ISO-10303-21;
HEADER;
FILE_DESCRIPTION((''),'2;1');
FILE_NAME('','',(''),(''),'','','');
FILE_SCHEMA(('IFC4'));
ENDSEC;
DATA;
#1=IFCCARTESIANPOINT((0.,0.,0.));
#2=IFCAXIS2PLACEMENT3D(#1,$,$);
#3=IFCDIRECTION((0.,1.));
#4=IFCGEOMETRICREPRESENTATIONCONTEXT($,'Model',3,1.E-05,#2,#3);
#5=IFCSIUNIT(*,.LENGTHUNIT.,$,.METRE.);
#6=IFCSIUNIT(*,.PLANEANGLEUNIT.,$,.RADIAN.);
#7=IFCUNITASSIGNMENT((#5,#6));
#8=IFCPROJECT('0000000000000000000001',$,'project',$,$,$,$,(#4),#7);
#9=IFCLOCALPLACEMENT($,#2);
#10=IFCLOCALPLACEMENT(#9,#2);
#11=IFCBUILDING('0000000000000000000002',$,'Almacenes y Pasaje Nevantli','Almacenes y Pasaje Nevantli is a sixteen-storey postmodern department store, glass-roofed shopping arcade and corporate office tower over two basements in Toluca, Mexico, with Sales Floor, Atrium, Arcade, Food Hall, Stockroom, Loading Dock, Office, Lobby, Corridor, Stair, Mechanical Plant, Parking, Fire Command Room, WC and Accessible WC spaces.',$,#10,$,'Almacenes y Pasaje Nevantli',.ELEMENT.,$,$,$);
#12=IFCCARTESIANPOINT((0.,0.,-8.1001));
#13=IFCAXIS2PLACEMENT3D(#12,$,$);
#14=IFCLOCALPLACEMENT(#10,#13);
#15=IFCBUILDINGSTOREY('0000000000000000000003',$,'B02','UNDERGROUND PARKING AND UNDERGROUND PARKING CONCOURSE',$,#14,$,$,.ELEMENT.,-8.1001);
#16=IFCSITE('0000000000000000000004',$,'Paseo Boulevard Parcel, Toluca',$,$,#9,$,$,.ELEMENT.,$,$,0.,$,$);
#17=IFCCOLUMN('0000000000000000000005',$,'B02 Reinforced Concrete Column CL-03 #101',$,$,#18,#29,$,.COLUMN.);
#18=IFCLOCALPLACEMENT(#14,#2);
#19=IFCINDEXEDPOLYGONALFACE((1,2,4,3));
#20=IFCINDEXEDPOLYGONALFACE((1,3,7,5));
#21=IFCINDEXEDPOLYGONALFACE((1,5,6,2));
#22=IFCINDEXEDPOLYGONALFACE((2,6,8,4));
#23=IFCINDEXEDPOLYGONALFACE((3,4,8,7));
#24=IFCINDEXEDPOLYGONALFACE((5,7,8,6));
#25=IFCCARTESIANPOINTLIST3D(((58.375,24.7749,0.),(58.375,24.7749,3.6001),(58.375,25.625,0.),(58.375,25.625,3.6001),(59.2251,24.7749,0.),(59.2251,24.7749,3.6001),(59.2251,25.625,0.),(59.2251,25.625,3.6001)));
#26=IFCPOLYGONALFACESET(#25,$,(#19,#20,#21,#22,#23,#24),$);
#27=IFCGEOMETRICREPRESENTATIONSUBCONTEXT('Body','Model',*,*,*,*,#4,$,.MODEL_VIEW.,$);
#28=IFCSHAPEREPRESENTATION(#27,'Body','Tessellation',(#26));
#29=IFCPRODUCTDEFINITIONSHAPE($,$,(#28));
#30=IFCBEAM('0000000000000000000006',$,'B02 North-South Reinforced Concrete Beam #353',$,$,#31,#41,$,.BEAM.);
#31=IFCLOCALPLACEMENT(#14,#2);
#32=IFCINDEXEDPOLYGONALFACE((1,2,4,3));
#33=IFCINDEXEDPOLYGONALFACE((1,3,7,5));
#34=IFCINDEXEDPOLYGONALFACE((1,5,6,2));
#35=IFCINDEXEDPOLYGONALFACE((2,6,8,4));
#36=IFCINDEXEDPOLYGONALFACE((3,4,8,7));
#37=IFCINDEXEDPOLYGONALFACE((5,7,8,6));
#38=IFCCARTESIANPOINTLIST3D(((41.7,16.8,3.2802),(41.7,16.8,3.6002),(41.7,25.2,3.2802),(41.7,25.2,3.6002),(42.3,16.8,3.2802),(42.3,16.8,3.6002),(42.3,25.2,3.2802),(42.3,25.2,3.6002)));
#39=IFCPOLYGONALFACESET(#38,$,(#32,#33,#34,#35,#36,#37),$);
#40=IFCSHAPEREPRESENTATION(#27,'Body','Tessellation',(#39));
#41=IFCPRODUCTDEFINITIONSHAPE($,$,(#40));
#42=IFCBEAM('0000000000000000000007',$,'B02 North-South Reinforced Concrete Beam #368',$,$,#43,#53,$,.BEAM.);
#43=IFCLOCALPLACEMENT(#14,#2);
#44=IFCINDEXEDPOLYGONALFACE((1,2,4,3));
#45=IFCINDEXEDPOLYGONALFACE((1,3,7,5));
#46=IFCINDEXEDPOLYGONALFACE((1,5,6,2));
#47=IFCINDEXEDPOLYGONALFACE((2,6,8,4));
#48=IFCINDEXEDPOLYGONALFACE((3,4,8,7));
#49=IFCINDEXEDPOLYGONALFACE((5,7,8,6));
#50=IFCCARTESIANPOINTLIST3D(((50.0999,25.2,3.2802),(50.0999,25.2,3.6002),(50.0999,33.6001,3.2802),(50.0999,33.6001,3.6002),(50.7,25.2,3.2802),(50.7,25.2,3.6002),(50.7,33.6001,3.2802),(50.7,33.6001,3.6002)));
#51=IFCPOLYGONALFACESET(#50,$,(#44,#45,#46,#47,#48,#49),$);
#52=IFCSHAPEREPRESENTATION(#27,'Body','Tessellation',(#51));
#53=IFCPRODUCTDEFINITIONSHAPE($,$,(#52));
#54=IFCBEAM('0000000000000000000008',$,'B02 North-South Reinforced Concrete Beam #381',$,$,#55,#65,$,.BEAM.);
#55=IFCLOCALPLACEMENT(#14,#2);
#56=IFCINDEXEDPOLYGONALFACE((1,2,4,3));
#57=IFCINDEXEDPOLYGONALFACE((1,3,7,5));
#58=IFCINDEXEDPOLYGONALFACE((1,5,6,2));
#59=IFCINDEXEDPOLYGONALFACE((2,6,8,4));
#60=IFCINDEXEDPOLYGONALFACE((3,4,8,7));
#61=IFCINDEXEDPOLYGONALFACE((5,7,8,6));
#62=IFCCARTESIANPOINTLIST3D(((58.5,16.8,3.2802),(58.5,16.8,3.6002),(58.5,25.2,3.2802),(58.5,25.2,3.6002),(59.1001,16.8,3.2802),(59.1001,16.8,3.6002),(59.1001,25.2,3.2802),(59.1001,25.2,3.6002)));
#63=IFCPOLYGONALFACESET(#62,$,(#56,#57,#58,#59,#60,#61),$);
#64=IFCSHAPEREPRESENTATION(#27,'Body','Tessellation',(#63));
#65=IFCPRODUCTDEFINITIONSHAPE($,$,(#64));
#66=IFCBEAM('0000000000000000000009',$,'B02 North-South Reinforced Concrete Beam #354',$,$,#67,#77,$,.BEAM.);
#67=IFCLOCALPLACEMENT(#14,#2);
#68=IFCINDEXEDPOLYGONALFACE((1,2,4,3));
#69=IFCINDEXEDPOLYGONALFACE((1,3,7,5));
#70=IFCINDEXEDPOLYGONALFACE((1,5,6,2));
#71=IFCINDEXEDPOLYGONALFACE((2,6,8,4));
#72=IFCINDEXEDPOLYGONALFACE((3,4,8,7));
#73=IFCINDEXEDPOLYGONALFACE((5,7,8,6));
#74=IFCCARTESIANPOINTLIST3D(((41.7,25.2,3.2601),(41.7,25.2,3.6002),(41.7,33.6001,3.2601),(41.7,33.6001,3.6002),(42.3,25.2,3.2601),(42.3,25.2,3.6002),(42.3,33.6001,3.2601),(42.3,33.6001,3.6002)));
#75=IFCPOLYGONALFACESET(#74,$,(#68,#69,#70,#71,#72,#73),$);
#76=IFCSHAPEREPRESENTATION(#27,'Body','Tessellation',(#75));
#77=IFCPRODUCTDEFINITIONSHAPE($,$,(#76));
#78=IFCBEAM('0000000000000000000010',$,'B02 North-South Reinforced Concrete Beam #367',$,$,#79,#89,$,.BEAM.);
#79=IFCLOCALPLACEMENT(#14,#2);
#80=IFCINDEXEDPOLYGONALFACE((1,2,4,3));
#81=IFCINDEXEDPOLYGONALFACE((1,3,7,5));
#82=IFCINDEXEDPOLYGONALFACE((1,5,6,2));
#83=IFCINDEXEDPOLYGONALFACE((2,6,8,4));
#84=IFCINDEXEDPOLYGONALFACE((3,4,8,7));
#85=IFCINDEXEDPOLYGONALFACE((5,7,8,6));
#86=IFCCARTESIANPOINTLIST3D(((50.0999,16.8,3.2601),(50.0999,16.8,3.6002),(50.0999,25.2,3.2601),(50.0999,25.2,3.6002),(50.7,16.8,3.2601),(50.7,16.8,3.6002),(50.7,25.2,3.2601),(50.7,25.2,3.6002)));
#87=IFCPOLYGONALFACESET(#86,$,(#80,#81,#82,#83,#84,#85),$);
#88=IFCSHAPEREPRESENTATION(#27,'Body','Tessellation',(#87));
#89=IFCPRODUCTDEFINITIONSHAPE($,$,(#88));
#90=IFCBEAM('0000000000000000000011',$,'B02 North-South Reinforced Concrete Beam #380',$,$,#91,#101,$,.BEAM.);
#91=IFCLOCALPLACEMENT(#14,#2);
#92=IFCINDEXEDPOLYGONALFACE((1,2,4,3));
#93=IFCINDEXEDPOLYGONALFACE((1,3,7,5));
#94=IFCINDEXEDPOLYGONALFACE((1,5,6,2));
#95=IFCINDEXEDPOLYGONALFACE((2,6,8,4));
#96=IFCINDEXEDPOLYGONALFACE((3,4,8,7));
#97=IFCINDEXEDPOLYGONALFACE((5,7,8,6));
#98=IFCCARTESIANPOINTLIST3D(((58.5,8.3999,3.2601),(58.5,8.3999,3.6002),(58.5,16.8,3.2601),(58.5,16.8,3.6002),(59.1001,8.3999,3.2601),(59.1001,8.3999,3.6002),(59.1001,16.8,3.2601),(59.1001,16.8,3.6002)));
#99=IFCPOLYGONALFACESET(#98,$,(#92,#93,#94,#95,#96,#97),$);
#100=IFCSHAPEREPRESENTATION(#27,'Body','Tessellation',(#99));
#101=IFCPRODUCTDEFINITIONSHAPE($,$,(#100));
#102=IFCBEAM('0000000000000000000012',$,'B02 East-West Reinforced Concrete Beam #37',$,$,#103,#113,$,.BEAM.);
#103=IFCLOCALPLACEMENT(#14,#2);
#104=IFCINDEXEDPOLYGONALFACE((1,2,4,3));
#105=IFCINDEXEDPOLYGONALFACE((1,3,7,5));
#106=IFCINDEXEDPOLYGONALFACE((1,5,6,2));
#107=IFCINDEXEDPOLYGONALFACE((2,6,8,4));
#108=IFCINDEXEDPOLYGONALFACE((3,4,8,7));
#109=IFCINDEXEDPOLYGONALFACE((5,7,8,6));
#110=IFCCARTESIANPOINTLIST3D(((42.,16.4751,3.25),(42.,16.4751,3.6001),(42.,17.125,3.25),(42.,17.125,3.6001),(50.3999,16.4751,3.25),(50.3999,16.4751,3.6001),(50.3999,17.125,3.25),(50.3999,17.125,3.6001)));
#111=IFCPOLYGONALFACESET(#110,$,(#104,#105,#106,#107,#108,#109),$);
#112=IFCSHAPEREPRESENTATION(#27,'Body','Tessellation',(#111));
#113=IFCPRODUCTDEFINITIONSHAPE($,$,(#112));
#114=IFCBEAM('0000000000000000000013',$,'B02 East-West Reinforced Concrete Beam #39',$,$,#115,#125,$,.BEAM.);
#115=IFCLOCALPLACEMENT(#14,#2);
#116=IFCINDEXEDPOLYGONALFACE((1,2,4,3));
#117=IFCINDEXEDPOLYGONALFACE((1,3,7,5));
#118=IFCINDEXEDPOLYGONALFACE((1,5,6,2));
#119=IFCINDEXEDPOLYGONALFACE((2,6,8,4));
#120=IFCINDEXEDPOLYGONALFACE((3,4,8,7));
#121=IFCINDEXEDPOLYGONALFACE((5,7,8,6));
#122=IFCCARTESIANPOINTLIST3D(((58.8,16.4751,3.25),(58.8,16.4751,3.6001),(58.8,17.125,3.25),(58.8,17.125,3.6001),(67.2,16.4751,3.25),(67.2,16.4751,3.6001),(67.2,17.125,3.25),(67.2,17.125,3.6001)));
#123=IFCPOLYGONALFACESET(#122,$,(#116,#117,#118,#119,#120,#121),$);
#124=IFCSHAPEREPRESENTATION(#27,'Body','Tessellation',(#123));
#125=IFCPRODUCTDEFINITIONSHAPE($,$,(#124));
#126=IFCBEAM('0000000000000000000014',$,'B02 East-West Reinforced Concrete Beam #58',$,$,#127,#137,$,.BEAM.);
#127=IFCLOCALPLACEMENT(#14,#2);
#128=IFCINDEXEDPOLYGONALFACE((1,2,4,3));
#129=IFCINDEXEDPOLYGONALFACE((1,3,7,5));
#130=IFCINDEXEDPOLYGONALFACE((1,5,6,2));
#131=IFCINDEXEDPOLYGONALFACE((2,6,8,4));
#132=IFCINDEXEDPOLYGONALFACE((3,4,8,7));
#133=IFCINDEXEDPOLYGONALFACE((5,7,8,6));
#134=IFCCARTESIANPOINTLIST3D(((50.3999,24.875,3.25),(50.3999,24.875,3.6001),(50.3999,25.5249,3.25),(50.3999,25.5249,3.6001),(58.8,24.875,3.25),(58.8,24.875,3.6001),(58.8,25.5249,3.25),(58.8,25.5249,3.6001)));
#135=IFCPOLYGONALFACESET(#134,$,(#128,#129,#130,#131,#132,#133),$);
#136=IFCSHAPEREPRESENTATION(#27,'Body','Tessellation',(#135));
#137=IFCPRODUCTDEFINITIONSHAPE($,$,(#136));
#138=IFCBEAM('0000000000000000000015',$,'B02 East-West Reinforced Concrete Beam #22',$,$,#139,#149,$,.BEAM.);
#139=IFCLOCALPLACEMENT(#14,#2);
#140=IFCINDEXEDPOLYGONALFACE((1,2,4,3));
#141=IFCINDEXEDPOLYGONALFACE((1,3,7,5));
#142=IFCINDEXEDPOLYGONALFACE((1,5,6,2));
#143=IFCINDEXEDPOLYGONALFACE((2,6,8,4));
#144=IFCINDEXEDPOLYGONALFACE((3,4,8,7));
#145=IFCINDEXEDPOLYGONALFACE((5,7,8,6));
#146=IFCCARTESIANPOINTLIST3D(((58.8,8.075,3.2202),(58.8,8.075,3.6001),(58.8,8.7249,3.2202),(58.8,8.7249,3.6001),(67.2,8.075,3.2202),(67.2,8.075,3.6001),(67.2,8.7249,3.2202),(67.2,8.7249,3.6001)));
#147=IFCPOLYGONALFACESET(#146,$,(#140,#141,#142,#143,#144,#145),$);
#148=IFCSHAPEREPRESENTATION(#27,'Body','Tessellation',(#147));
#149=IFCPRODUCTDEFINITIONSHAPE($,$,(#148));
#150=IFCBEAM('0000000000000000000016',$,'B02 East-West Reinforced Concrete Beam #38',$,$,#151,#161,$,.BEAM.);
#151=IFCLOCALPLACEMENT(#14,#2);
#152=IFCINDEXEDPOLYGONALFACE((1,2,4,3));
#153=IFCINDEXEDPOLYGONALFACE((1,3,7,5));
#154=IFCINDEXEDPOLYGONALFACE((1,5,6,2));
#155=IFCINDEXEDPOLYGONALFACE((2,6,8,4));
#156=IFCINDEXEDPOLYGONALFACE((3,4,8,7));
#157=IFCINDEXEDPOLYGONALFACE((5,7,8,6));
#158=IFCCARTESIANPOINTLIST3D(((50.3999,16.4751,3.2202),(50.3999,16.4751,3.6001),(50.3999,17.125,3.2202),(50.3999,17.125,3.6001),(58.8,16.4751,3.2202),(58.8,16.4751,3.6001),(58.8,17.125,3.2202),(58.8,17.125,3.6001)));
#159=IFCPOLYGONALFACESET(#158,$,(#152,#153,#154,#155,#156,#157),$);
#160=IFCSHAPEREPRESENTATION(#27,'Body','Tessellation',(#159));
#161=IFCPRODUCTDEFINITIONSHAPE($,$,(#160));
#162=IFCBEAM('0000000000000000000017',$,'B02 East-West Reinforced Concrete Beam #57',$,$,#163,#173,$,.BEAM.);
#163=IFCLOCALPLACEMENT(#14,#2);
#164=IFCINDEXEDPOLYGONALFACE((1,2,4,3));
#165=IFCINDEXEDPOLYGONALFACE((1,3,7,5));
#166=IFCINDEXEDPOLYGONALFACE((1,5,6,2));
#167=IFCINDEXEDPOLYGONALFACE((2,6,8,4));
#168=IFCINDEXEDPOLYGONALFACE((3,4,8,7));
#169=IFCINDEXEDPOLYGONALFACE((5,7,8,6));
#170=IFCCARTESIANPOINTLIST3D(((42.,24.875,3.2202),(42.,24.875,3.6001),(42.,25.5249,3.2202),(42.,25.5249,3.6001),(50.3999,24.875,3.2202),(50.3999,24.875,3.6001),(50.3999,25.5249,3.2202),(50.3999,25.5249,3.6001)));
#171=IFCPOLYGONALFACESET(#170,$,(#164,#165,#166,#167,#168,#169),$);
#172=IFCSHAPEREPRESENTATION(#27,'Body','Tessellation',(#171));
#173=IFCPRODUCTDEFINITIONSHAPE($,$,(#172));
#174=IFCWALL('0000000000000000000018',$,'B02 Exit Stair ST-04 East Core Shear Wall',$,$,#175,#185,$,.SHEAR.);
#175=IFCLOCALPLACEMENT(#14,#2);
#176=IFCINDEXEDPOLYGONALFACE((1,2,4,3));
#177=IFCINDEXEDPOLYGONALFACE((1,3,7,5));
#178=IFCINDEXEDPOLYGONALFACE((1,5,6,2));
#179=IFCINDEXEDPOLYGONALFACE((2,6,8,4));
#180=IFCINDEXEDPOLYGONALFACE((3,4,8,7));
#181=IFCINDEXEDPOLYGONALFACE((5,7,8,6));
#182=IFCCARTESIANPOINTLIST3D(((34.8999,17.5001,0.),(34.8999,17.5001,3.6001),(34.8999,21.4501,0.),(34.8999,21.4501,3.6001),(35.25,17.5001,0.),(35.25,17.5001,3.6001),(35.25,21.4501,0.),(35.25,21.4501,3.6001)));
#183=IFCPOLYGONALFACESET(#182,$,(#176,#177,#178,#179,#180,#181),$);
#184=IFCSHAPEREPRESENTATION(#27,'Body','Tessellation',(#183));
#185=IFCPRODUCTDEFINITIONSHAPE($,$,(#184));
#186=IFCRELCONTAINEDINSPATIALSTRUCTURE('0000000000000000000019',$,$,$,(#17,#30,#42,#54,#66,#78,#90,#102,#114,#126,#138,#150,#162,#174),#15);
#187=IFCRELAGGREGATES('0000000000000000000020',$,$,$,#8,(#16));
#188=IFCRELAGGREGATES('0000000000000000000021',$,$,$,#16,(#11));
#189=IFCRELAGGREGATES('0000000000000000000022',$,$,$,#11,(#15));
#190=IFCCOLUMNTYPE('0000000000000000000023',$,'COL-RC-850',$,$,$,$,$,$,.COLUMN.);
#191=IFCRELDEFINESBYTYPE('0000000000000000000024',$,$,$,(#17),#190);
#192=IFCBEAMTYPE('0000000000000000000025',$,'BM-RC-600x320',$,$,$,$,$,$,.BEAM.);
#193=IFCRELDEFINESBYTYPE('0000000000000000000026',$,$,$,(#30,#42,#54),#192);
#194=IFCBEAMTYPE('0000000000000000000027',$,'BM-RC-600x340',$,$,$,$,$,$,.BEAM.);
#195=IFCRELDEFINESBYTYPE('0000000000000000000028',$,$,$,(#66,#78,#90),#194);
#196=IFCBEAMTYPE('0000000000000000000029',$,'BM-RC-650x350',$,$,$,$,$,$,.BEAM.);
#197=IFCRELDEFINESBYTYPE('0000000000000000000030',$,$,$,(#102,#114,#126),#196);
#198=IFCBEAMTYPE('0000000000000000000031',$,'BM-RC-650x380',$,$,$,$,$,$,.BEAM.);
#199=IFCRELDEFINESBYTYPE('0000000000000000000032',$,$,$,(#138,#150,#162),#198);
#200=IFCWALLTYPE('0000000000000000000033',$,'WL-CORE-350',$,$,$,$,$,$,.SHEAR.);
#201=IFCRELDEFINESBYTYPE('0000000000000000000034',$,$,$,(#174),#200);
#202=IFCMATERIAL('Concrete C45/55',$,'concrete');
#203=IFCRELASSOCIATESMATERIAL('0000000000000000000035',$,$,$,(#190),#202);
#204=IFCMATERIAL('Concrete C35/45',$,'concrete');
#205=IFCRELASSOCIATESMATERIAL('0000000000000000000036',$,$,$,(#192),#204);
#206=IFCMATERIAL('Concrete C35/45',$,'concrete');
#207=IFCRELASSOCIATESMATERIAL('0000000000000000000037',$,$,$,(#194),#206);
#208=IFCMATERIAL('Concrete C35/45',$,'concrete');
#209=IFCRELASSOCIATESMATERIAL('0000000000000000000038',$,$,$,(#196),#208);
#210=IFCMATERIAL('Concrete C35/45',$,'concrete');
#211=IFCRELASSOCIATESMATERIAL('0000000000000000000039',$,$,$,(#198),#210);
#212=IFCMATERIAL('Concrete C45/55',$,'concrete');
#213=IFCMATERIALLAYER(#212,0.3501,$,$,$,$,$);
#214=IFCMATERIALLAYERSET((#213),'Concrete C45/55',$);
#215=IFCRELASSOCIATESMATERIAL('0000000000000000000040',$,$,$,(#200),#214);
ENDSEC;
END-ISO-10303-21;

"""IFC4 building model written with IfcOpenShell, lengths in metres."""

from ifc_helpers import new_model, si_unit, direction, frame, frame_2d, origin, origin_2d, place, context, subcontext, project, spatial, rectangle, extrude, material, layer, layer_set, material_profile, profile_set, type_object, element, save


model = new_model("IFC4")

# Units and contexts
model_context = context("Model", 3, precision=1e-05, world=origin(), true_north=direction((0.0, 1.0)))
body_context = subcontext(model_context, "Body", "Model", "MODEL_VIEW")
ifc_project = project(units=[si_unit("LENGTHUNIT", "METRE"), si_unit("PLANEANGLEUNIT", "RADIAN")], contexts=[model_context])

# Site, building, storey
site_placement = place(None, origin())
site = spatial("IfcSite", under=ifc_project, at=site_placement, Name="Paseo Boulevard Parcel, Toluca", CompositionType="ELEMENT", RefElevation=0.0)
building_placement = place(site_placement, origin())
building = spatial("IfcBuilding", under=site, at=building_placement, Name="Almacenes y Pasaje Nevantli", Description="Almacenes y Pasaje Nevantli is a sixteen-storey postmodern department store, glass-roofed shopping arcade and corporate office tower over two basements in Toluca, Mexico, with Sales Floor, Atrium, Arcade, Food Hall, Stockroom, Loading Dock, Office, Lobby, Corridor, Stair, Mechanical Plant, Parking, Fire Command Room, WC and Accessible WC spaces.", LongName="Almacenes y Pasaje Nevantli", CompositionType="ELEMENT")
storey_placement = place(building_placement, frame((0.0, 0.0, -8.1001)))
storey = spatial("IfcBuildingStorey", under=building, at=storey_placement, Name="B02", Description="UNDERGROUND PARKING AND UNDERGROUND PARKING CONCOURSE", CompositionType="ELEMENT", Elevation=-8.1001)

# Column
ifc_material_1 = material(Name="Concrete C45/55", Category="concrete")
ifc_material_profile_1 = material_profile(ifc_material_1, rectangle(XDim=0.8501, YDim=0.8501, at=origin_2d()), Name="RC-COL-850x850")
ifc_profile_set_1 = profile_set([ifc_material_profile_1], Name="Concrete C45/55")
column_type_1 = type_object("IfcColumnType", Name="COL-RC-850", PredefinedType="COLUMN", material=ifc_profile_set_1)
for number, where, z_axis, x_axis, name in (
    (1, (58.8, 25.2, 0.0), (0.0, 0.0, 1.0), (1.0, 0.0, 0.0), "B02 Reinforced Concrete Column CL-03 #101"),
):
    element("IfcColumn", number, at=place(storey_placement, frame(where, z_axis=z_axis, x_axis=x_axis)), inside=storey, type_object=column_type_1, Name=name, PredefinedType="COLUMN", context=body_context, shape_type="SweptSolid", body=[
        extrude(rectangle(XDim=0.8501, YDim=0.8501, at=origin_2d()), origin(), (0.0, 0.0, 1.0), 3.6001),
    ])

# Beams
ifc_material_2 = material(Name="Concrete C35/45", Category="concrete")
ifc_material_profile_2 = material_profile(ifc_material_2, rectangle(XDim=0.6001, YDim=0.3201, at=origin_2d()), Name="RC-BM-600x320")
ifc_profile_set_2 = profile_set([ifc_material_profile_2], Name="Concrete C35/45")
beam_type_1 = type_object("IfcBeamType", Name="BM-RC-600x320", PredefinedType="BEAM", material=ifc_profile_set_2)
beam_1_placement = place(storey_placement, frame((42.0, 16.8, 3.4402), z_axis=(0.0, 1.0, 0.0), x_axis=(-1.0, 0.0, 0.0)))
element("IfcBeam", 2, at=beam_1_placement, inside=storey, type_object=beam_type_1, Name="B02 North-South Reinforced Concrete Beam #353", PredefinedType="BEAM", context=body_context, shape_type="SweptSolid", body=[
    extrude(rectangle(XDim=0.6001, YDim=0.3201, at=origin_2d()), origin(), (0.0, 0.0, 1.0), 8.3999),
])
beam_2_placement = place(storey_placement, frame((50.3999, 25.2, 3.4402), z_axis=(0.0, 1.0, 0.0), x_axis=(-1.0, 0.0, 0.0)))
element("IfcBeam", 3, at=beam_2_placement, inside=storey, type_object=beam_type_1, Name="B02 North-South Reinforced Concrete Beam #368", PredefinedType="BEAM", context=body_context, shape_type="SweptSolid", body=[
    extrude(rectangle(XDim=0.6001, YDim=0.3201, at=origin_2d()), origin(), (0.0, 0.0, 1.0), 8.4001),
])
beam_3_placement = place(storey_placement, frame((58.8, 16.8, 3.4402), z_axis=(0.0, 1.0, 0.0), x_axis=(-1.0, 0.0, 0.0)))
element("IfcBeam", 4, at=beam_3_placement, inside=storey, type_object=beam_type_1, Name="B02 North-South Reinforced Concrete Beam #381", PredefinedType="BEAM", context=body_context, shape_type="SweptSolid", body=[
    extrude(rectangle(XDim=0.6001, YDim=0.3201, at=origin_2d()), origin(), (0.0, 0.0, 1.0), 8.3999),
])
ifc_material_3 = material(Name="Concrete C35/45", Category="concrete")
ifc_material_profile_3 = material_profile(ifc_material_3, rectangle(XDim=0.6001, YDim=0.3401, at=origin_2d()), Name="RC-BM-600x340")
ifc_profile_set_3 = profile_set([ifc_material_profile_3], Name="Concrete C35/45")
beam_type_2 = type_object("IfcBeamType", Name="BM-RC-600x340", PredefinedType="BEAM", material=ifc_profile_set_3)
beam_4_placement = place(storey_placement, frame((42.0, 25.2, 3.4302), z_axis=(0.0, 1.0, 0.0), x_axis=(-1.0, 0.0, 0.0)))
element("IfcBeam", 5, at=beam_4_placement, inside=storey, type_object=beam_type_2, Name="B02 North-South Reinforced Concrete Beam #354", PredefinedType="BEAM", context=body_context, shape_type="SweptSolid", body=[
    extrude(rectangle(XDim=0.6001, YDim=0.3401, at=origin_2d()), origin(), (0.0, 0.0, 1.0), 8.4001),
])
beam_5_placement = place(storey_placement, frame((50.3999, 16.8, 3.4302), z_axis=(0.0, 1.0, 0.0), x_axis=(-1.0, 0.0, 0.0)))
element("IfcBeam", 6, at=beam_5_placement, inside=storey, type_object=beam_type_2, Name="B02 North-South Reinforced Concrete Beam #367", PredefinedType="BEAM", context=body_context, shape_type="SweptSolid", body=[
    extrude(rectangle(XDim=0.6001, YDim=0.3401, at=origin_2d()), origin(), (0.0, 0.0, 1.0), 8.3999),
])
beam_6_placement = place(storey_placement, frame((58.8, 8.3999, 3.4302), z_axis=(0.0, 1.0, 0.0), x_axis=(-1.0, 0.0, 0.0)))
element("IfcBeam", 7, at=beam_6_placement, inside=storey, type_object=beam_type_2, Name="B02 North-South Reinforced Concrete Beam #380", PredefinedType="BEAM", context=body_context, shape_type="SweptSolid", body=[
    extrude(rectangle(XDim=0.6001, YDim=0.3401, at=origin_2d()), origin(), (0.0, 0.0, 1.0), 8.4001),
])
ifc_material_4 = material(Name="Concrete C35/45", Category="concrete")
ifc_material_profile_4 = material_profile(ifc_material_4, rectangle(XDim=0.6499, YDim=0.3501, at=origin_2d()), Name="RC-BM-650x350")
ifc_profile_set_4 = profile_set([ifc_material_profile_4], Name="Concrete C35/45")
beam_type_3 = type_object("IfcBeamType", Name="BM-RC-650x350", PredefinedType="BEAM", material=ifc_profile_set_4)
for number, where, z_axis, x_axis, name in (
    (8, (42.0, 16.8, 3.425), (1.0, 0.0, 0.0), (0.0, 1.0, 0.0), "B02 East-West Reinforced Concrete Beam #37"),
    (9, (58.8, 16.8, 3.425), (1.0, 0.0, 0.0), (0.0, 1.0, 0.0), "B02 East-West Reinforced Concrete Beam #39"),
):
    element("IfcBeam", number, at=place(storey_placement, frame(where, z_axis=z_axis, x_axis=x_axis)), inside=storey, type_object=beam_type_3, Name=name, PredefinedType="BEAM", context=body_context, shape_type="SweptSolid", body=[
        extrude(rectangle(XDim=0.6499, YDim=0.3501, at=origin_2d()), origin(), (0.0, 0.0, 1.0), 8.3999),
    ])
beam_7_placement = place(storey_placement, frame((50.3999, 25.2, 3.425), z_axis=(1.0, 0.0, 0.0), x_axis=(0.0, 1.0, 0.0)))
element("IfcBeam", 10, at=beam_7_placement, inside=storey, type_object=beam_type_3, Name="B02 East-West Reinforced Concrete Beam #58", PredefinedType="BEAM", context=body_context, shape_type="SweptSolid", body=[
    extrude(rectangle(XDim=0.6499, YDim=0.3501, at=origin_2d()), origin(), (0.0, 0.0, 1.0), 8.4001),
])
ifc_material_5 = material(Name="Concrete C35/45", Category="concrete")
ifc_material_profile_5 = material_profile(ifc_material_5, rectangle(XDim=0.6499, YDim=0.3799, at=origin_2d()), Name="RC-BM-650x380")
ifc_profile_set_5 = profile_set([ifc_material_profile_5], Name="Concrete C35/45")
beam_type_4 = type_object("IfcBeamType", Name="BM-RC-650x380", PredefinedType="BEAM", material=ifc_profile_set_5)
beam_8_placement = place(storey_placement, frame((58.8, 8.3999, 3.4102), z_axis=(1.0, 0.0, 0.0), x_axis=(0.0, 1.0, 0.0)))
element("IfcBeam", 11, at=beam_8_placement, inside=storey, type_object=beam_type_4, Name="B02 East-West Reinforced Concrete Beam #22", PredefinedType="BEAM", context=body_context, shape_type="SweptSolid", body=[
    extrude(rectangle(XDim=0.6499, YDim=0.3799, at=origin_2d()), origin(), (0.0, 0.0, 1.0), 8.3999),
])
beam_9_placement = place(storey_placement, frame((50.3999, 16.8, 3.4102), z_axis=(1.0, 0.0, 0.0), x_axis=(0.0, 1.0, 0.0)))
element("IfcBeam", 12, at=beam_9_placement, inside=storey, type_object=beam_type_4, Name="B02 East-West Reinforced Concrete Beam #38", PredefinedType="BEAM", context=body_context, shape_type="SweptSolid", body=[
    extrude(rectangle(XDim=0.6499, YDim=0.3799, at=origin_2d()), origin(), (0.0, 0.0, 1.0), 8.4001),
])
beam_10_placement = place(storey_placement, frame((42.0, 25.2, 3.4102), z_axis=(1.0, 0.0, 0.0), x_axis=(0.0, 1.0, 0.0)))
element("IfcBeam", 13, at=beam_10_placement, inside=storey, type_object=beam_type_4, Name="B02 East-West Reinforced Concrete Beam #57", PredefinedType="BEAM", context=body_context, shape_type="SweptSolid", body=[
    extrude(rectangle(XDim=0.6499, YDim=0.3799, at=origin_2d()), origin(), (0.0, 0.0, 1.0), 8.3999),
])

# Wall
ifc_material_6 = material(Name="Concrete C45/55", Category="concrete")
ifc_layer_1 = layer(ifc_material_6, 0.3501)
ifc_layer_set_1 = layer_set([ifc_layer_1], Name="Concrete C45/55")
wall_type = type_object("IfcWallType", Name="WL-CORE-350", PredefinedType="SHEAR", material=ifc_layer_set_1)
wall_placement = place(storey_placement, frame((35.075, 17.5, 0.0), z_axis=(0.0, 0.0, 1.0), x_axis=(0.0, 1.0, 0.0)))
element("IfcWall", 14, at=wall_placement, inside=storey, type_object=wall_type, Name="B02 Exit Stair ST-04 East Core Shear Wall", PredefinedType="SHEAR", context=body_context, shape_type="SweptSolid", body=[
    extrude(rectangle(XDim=3.95, YDim=0.3501, at=frame_2d((1.9751, 0.0))), origin(), (0.0, 0.0, 1.0), 3.6001),
])

save(model, "model.ifc")
